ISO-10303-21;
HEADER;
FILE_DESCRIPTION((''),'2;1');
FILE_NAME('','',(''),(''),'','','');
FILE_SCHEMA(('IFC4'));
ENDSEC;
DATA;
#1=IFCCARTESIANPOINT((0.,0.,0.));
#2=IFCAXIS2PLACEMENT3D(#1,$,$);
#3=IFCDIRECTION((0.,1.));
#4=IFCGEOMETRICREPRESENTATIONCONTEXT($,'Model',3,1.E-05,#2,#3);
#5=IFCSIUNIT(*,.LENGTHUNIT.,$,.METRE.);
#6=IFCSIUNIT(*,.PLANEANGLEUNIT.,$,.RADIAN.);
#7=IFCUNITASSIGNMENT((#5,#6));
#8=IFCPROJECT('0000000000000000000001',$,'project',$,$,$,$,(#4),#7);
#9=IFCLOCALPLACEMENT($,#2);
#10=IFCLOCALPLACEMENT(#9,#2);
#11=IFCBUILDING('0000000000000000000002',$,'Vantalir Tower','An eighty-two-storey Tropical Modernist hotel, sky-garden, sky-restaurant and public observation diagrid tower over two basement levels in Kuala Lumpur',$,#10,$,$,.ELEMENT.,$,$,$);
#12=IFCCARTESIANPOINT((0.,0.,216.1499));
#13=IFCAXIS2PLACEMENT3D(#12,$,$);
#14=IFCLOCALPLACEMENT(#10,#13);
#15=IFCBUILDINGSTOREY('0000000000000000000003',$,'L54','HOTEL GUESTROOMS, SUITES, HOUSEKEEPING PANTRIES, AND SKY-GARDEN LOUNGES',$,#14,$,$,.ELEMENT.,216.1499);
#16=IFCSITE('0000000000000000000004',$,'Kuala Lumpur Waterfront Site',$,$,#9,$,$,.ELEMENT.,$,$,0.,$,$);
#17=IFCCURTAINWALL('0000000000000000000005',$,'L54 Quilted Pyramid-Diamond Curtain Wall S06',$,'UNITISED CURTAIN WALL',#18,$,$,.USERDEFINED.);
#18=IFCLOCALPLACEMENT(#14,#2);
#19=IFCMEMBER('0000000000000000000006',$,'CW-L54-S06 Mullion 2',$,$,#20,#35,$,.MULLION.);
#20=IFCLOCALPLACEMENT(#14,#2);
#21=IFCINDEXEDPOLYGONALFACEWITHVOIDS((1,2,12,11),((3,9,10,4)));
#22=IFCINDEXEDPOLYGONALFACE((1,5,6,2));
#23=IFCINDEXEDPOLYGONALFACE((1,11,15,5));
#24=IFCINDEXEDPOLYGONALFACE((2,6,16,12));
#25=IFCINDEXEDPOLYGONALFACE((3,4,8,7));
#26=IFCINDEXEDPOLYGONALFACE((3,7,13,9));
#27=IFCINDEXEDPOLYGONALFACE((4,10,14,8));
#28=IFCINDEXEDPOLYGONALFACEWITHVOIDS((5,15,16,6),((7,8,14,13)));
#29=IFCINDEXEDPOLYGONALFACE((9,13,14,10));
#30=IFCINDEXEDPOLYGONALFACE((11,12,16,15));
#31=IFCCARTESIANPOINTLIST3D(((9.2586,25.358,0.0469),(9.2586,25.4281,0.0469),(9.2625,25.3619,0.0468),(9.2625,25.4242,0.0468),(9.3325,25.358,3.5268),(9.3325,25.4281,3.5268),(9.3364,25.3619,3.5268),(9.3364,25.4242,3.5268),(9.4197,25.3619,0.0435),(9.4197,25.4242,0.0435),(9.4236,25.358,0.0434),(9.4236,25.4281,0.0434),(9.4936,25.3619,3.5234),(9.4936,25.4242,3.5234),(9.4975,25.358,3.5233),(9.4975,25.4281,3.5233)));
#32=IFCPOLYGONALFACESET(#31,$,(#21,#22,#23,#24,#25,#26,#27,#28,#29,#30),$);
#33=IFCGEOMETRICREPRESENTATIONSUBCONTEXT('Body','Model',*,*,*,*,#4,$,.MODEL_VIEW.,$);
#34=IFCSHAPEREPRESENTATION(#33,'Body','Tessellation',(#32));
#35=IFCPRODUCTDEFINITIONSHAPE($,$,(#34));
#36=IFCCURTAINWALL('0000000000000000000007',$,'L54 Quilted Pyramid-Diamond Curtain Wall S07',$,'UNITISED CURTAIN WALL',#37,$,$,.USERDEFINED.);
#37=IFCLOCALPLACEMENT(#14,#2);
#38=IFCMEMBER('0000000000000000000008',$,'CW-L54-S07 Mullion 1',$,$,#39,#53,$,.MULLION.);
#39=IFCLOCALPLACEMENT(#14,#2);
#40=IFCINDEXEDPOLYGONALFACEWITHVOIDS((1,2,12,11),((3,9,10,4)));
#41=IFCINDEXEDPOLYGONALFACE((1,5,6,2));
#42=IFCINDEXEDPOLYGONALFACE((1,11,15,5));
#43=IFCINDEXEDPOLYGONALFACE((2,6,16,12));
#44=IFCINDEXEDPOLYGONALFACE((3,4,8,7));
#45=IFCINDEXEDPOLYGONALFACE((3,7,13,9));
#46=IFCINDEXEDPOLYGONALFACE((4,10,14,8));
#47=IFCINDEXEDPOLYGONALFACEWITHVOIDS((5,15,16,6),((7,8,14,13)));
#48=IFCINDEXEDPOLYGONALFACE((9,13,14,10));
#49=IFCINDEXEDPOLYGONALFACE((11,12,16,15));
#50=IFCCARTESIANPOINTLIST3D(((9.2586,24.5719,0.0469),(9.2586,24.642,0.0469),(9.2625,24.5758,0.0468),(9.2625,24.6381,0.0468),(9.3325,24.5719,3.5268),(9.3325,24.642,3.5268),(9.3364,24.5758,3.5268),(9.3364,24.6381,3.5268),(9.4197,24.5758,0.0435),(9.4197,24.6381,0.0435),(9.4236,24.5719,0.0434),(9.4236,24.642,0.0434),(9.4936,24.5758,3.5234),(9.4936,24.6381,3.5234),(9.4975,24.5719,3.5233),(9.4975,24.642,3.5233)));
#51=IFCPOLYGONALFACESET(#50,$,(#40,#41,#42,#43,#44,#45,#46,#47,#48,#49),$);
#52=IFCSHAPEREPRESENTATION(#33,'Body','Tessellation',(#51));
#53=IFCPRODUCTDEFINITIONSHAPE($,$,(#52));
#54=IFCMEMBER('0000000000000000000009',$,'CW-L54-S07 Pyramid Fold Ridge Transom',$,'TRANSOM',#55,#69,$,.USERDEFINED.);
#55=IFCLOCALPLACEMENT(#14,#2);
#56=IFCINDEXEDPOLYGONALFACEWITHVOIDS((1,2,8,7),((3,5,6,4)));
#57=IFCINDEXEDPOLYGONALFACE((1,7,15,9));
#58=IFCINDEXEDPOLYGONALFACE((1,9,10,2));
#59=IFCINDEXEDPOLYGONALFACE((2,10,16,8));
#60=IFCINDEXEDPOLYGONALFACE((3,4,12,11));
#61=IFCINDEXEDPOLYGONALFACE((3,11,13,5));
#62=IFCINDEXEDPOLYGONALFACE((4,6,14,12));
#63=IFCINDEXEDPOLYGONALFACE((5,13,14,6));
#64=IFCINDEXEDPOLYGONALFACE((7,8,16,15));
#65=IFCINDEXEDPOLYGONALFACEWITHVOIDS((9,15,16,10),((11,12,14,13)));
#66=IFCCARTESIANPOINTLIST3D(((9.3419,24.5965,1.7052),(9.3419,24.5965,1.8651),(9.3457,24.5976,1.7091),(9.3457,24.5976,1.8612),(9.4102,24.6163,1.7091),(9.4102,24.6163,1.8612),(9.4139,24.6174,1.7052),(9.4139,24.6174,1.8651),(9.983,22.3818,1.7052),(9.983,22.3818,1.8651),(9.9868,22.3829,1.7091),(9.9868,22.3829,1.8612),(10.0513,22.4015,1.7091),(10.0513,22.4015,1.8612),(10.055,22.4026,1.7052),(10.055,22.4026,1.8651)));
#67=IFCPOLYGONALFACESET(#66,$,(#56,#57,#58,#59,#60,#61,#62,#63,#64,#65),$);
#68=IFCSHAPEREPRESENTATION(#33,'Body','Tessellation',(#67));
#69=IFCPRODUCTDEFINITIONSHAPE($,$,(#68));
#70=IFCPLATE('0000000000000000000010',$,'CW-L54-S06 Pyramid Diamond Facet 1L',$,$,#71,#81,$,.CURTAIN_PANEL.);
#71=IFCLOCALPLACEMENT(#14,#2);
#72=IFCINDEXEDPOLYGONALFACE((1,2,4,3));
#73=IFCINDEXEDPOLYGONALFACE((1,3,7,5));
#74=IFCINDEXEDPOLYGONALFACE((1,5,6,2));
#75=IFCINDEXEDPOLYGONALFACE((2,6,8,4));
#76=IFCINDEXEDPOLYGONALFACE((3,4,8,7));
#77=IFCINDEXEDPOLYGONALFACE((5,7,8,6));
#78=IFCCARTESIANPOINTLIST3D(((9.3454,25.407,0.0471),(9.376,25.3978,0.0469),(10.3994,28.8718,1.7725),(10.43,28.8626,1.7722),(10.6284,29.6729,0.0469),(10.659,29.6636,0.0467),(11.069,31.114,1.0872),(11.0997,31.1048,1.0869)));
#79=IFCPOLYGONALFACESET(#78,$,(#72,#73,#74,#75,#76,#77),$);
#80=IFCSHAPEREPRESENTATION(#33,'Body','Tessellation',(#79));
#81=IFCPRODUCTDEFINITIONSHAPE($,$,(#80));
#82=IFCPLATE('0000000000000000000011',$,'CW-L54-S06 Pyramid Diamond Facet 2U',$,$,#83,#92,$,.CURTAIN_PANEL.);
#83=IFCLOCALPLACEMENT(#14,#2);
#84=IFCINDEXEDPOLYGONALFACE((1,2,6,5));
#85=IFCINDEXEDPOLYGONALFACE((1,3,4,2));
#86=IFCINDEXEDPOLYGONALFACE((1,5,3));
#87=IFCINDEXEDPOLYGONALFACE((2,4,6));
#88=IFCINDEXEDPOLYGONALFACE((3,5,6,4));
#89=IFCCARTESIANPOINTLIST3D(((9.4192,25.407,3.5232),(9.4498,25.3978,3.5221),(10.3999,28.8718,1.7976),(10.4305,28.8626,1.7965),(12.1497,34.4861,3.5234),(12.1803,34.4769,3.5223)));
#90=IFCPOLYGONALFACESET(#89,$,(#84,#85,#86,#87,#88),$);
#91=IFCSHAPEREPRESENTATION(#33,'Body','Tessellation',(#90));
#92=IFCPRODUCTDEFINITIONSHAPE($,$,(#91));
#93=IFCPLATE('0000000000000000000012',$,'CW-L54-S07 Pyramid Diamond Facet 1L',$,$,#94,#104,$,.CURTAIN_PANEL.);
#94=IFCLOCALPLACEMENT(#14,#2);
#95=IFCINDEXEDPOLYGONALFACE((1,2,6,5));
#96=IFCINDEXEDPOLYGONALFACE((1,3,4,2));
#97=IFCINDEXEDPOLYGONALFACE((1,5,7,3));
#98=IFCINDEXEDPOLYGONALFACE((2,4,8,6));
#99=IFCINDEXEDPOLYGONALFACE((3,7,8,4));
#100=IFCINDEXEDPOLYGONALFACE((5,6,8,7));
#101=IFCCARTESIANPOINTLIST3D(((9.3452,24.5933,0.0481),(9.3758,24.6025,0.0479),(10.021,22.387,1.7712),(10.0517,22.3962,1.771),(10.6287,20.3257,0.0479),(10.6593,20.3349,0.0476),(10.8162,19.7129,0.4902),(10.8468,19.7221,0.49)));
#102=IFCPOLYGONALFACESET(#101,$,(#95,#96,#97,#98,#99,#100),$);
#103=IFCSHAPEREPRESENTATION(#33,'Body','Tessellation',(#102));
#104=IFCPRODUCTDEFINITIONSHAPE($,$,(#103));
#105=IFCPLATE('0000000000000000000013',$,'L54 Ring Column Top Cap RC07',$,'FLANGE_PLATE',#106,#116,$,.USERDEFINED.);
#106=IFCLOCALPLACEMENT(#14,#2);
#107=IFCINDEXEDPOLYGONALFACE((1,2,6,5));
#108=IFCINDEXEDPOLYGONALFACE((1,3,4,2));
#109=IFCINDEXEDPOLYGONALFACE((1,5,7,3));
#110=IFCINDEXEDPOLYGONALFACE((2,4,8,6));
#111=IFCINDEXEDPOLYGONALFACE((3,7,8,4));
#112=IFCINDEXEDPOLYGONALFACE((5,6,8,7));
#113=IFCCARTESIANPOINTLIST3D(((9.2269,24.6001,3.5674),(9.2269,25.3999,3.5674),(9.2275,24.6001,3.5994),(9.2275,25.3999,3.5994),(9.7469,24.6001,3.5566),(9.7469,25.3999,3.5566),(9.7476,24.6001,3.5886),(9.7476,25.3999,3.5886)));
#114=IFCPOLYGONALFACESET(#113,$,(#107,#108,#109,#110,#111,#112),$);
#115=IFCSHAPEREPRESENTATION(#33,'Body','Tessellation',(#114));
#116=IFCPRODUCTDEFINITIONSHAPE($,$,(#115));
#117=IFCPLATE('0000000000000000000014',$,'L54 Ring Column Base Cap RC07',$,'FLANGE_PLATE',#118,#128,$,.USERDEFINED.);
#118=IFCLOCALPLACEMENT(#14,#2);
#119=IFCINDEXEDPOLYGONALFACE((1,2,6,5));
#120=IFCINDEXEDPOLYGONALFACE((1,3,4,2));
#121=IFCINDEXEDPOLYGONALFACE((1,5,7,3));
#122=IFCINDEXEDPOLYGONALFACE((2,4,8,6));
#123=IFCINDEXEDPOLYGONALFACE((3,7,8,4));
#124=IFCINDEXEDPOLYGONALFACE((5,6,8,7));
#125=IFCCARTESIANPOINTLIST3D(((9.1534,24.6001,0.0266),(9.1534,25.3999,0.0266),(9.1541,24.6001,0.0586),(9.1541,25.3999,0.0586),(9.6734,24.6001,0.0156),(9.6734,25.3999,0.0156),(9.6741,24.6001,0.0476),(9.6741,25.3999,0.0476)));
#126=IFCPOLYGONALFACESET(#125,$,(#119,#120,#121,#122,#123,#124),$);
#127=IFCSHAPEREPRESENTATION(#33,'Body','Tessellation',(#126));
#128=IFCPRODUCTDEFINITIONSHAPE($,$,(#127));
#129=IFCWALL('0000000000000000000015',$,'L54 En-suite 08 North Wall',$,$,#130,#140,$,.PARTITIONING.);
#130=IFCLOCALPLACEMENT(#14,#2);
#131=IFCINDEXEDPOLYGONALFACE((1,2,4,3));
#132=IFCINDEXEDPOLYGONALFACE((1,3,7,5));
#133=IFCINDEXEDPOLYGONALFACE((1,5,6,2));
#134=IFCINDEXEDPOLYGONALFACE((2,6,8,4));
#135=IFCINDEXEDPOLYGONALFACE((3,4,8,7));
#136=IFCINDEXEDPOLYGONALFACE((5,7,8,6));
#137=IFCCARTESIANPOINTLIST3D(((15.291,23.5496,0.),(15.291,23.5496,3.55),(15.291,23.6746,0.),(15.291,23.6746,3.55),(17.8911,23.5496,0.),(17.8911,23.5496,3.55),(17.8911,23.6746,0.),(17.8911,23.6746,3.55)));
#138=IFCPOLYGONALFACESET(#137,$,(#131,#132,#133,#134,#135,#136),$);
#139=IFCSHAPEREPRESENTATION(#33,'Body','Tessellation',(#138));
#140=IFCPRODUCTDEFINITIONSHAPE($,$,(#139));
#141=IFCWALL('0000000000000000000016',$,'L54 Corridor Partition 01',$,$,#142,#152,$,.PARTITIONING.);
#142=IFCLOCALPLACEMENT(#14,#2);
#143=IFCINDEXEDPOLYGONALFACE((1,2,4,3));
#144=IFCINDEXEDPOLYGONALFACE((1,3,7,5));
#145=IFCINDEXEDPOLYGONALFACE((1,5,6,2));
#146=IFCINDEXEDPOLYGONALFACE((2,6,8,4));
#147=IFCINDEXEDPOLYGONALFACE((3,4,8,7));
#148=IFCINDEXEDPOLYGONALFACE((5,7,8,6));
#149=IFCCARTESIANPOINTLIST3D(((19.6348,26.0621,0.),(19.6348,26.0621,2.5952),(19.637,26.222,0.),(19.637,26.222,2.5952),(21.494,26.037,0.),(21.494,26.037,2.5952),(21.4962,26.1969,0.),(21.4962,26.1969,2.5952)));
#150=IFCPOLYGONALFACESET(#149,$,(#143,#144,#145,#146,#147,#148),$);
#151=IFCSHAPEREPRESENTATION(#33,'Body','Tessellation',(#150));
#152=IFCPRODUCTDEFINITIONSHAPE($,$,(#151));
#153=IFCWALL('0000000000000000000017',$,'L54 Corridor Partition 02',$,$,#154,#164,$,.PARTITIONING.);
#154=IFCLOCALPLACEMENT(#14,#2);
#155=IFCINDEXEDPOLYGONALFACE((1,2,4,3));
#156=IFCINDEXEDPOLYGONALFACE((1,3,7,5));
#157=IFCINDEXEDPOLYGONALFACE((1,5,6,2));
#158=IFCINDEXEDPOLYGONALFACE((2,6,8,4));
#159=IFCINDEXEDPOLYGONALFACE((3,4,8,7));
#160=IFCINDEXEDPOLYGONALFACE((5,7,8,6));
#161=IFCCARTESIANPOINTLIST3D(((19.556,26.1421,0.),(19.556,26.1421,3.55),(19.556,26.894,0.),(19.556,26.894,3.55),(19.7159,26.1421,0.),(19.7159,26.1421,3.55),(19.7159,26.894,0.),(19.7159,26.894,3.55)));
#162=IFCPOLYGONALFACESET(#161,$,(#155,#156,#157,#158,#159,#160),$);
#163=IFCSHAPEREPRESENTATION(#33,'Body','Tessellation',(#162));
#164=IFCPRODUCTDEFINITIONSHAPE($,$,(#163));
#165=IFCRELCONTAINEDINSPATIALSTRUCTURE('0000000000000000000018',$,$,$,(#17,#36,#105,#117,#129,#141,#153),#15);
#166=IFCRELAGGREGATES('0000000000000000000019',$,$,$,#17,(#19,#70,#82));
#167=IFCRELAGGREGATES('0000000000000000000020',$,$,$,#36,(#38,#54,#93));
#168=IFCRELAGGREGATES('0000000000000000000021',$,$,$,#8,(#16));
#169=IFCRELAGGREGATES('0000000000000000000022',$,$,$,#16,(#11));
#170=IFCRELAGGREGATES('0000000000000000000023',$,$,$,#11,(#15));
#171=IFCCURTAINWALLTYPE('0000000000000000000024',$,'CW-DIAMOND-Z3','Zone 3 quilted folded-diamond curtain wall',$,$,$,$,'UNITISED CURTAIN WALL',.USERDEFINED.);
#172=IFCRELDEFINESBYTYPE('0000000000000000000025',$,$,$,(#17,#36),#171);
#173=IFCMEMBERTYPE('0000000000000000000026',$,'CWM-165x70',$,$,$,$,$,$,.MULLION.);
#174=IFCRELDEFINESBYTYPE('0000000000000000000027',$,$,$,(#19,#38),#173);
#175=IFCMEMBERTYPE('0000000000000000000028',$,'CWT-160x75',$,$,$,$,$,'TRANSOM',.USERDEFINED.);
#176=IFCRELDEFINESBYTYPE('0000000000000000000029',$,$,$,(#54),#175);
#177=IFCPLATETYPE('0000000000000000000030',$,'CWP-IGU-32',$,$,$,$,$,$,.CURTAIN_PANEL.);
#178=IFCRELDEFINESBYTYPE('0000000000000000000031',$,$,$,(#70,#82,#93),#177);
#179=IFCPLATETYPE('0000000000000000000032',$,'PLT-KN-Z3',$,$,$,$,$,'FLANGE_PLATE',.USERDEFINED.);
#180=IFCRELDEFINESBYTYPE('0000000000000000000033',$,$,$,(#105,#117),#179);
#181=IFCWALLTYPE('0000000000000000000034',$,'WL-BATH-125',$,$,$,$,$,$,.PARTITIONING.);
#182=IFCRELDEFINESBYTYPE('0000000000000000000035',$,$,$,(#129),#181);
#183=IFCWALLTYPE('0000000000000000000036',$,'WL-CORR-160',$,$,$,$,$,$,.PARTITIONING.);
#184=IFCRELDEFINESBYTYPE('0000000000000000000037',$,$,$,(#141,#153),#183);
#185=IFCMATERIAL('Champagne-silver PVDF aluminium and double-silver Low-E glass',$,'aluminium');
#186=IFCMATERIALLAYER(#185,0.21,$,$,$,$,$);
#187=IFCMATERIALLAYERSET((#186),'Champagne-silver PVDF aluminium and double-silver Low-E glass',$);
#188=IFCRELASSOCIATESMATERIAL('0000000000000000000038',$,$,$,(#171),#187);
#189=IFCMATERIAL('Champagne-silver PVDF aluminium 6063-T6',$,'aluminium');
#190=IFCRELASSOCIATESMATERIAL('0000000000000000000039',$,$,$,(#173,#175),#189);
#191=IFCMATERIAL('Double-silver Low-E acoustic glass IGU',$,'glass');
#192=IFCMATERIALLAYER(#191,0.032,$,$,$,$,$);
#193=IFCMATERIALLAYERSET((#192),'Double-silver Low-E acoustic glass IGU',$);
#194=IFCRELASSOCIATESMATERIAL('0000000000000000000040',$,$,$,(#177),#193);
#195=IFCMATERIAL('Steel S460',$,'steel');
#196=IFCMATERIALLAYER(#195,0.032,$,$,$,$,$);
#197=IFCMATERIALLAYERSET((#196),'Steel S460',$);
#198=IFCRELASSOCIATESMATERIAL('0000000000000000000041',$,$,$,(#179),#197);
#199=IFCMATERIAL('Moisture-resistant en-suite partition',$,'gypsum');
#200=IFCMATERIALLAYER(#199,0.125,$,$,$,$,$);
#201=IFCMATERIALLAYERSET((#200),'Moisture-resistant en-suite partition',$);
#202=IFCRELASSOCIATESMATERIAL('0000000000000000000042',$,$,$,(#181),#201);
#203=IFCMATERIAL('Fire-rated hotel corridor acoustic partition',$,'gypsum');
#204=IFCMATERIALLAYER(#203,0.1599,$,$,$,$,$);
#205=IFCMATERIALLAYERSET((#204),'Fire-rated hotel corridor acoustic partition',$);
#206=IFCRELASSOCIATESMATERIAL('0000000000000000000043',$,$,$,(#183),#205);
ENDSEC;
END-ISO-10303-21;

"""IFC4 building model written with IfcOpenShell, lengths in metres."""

from ifc_helpers import new_model, si_unit, direction, frame, frame_2d, origin, origin_2d, place, context, subcontext, project, spatial, polyline, rectangle, hollow_rectangle, outline, extrude, material, layer, layer_set, material_profile, profile_set, type_object, element, aggregate, save


model = new_model("IFC4")

# Units and contexts
model_context = context("Model", 3, precision=1e-05, world=origin(), true_north=direction((0.0, 1.0)))
body_context = subcontext(model_context, "Body", "Model", "MODEL_VIEW")
ifc_project = project(units=[si_unit("LENGTHUNIT", "METRE"), si_unit("PLANEANGLEUNIT", "RADIAN")], contexts=[model_context])

# Site, building, storey
site_placement = place(None, origin())
site = spatial("IfcSite", under=ifc_project, at=site_placement, Name="Kuala Lumpur Waterfront Site", CompositionType="ELEMENT", RefElevation=0.0)
building_placement = place(site_placement, origin())
building = spatial("IfcBuilding", under=site, at=building_placement, Name="Vantalir Tower", Description="An eighty-two-storey Tropical Modernist hotel, sky-garden, sky-restaurant and public observation diagrid tower over two basement levels in Kuala Lumpur", CompositionType="ELEMENT")
storey_placement = place(building_placement, frame((0.0, 0.0, 216.1499)))
storey = spatial("IfcBuildingStorey", under=building, at=storey_placement, Name="L54", Description="HOTEL GUESTROOMS, SUITES, HOUSEKEEPING PANTRIES, AND SKY-GARDEN LOUNGES", CompositionType="ELEMENT", Elevation=216.1499)

# Shared definitions
ifc_material_1 = material(Name="Steel S460", Category="steel")

# Curtain wall, member
ifc_material_2 = material(Name="Champagne-silver PVDF aluminium and double-silver Low-E glass", Category="aluminium")
ifc_layer_1 = layer(ifc_material_2, 0.21)
ifc_layer_set_1 = layer_set([ifc_layer_1], Name="Champagne-silver PVDF aluminium and double-silver Low-E glass")
curtain_wall_type = type_object("IfcCurtainWallType", Name="CW-DIAMOND-Z3", Description="Zone 3 quilted folded-diamond curtain wall", ElementType="UNITISED CURTAIN WALL", PredefinedType="USERDEFINED", material=ifc_layer_set_1)
curtain_wall_1_placement = place(storey_placement, origin())
curtain_wall_1 = element("IfcCurtainWall", 1, at=curtain_wall_1_placement, inside=storey, type_object=curtain_wall_type, Name="L54 Quilted Pyramid-Diamond Curtain Wall S06", ObjectType="UNITISED CURTAIN WALL", PredefinedType="USERDEFINED")
ifc_material_3 = material(Name="Champagne-silver PVDF aluminium 6063-T6", Category="aluminium")
ifc_material_profile_1 = material_profile(ifc_material_3, hollow_rectangle(XDim=0.0701, YDim=0.165, WallThickness=0.0039, at=origin_2d()), Name="Champagne-silver PVDF aluminium 6063-T6")
ifc_profile_set_1 = profile_set([ifc_material_profile_1], Name="Champagne-silver PVDF aluminium 6063-T6")
member_type_1 = type_object("IfcMemberType", Name="CWM-165x70", PredefinedType="MULLION", material=ifc_profile_set_1)
member_1_placement = place(storey_placement, frame((9.3411, 25.3931, 0.0452), z_axis=(0.021252, 0.0, 0.999774), x_axis=(0.0, 1.0, 0.0)))
member_1 = element("IfcMember", 2, at=member_1_placement, type_object=member_type_1, Name="CW-L54-S06 Mullion 2", PredefinedType="MULLION", context=body_context, shape_type="SweptSolid", body=[
    extrude(hollow_rectangle(XDim=0.0701, YDim=0.165, WallThickness=0.0039, at=origin_2d()), origin(), (0.0, 0.0, 1.0), 3.4807),
])

# Curtain wall, members
curtain_wall_2_placement = place(storey_placement, origin())
curtain_wall_2 = element("IfcCurtainWall", 3, at=curtain_wall_2_placement, inside=storey, type_object=curtain_wall_type, Name="L54 Quilted Pyramid-Diamond Curtain Wall S07", ObjectType="UNITISED CURTAIN WALL", PredefinedType="USERDEFINED")
member_2_placement = place(storey_placement, frame((9.3411, 24.6069, 0.0452), z_axis=(0.021252, 0.0, 0.999774), x_axis=(0.0, 1.0, 0.0)))
member_2 = element("IfcMember", 4, at=member_2_placement, type_object=member_type_1, Name="CW-L54-S07 Mullion 1", PredefinedType="MULLION", context=body_context, shape_type="SweptSolid", body=[
    extrude(hollow_rectangle(XDim=0.0701, YDim=0.165, WallThickness=0.0039, at=origin_2d()), origin(), (0.0, 0.0, 1.0), 3.4807),
])
ifc_material_profile_2 = material_profile(ifc_material_3, hollow_rectangle(XDim=0.075, YDim=0.1599, WallThickness=0.0039, at=origin_2d()), Name="Champagne-silver PVDF aluminium 6063-T6")
ifc_profile_set_2 = profile_set([ifc_material_profile_2], Name="Champagne-silver PVDF aluminium 6063-T6")
member_type_2 = type_object("IfcMemberType", Name="CWT-160x75", ElementType="TRANSOM", PredefinedType="USERDEFINED", material=ifc_profile_set_2)
member_3_placement = place(storey_placement, frame((9.3779, 24.6069, 1.7852), z_axis=(0.278048, -0.960567, 0.0), x_axis=(0.960567, 0.278048, 0.0)))
member_3 = element("IfcMember", 5, at=member_3_placement, type_object=member_type_2, Name="CW-L54-S07 Pyramid Fold Ridge Transom", ObjectType="TRANSOM", PredefinedType="USERDEFINED", context=body_context, shape_type="SweptSolid", body=[
    extrude(hollow_rectangle(XDim=0.075, YDim=0.1599, WallThickness=0.0039, at=origin_2d()), origin(), (0.0, 0.0, 1.0), 2.3057),
])

# Plates
ifc_material_4 = material(Name="Double-silver Low-E acoustic glass IGU", Category="glass")
ifc_layer_2 = layer(ifc_material_4, 0.032)
ifc_layer_set_2 = layer_set([ifc_layer_2], Name="Double-silver Low-E acoustic glass IGU")
plate_type_1 = type_object("IfcPlateType", Name="CWP-IGU-32", PredefinedType="CURTAIN_PANEL", material=ifc_layer_set_2)
plate_1_placement = place(storey_placement, frame((10.6284, 29.6729, 0.0469), z_axis=(-0.957605, 0.28801, 0.006611), x_axis=(-0.288016, -0.957626, 0.000055)))
plate_1 = element("IfcPlate", 6, at=plate_1_placement, type_object=plate_type_1, Name="CW-L54-S06 Pyramid Diamond Facet 1L", PredefinedType="CURTAIN_PANEL", context=body_context, shape_type="SweptSolid", body=[
    extrude(outline(polyline([(0.0, 0.0), (4.4546, 0.0), (0.8331, 1.7256), (-1.507, 1.0404), (0.0, 0.0)])), origin(), (0.0, 0.0, -1.0), 0.032),
])
plate_2_placement = place(storey_placement, frame((9.4192, 25.407, 3.5232), z_axis=(-0.957077, 0.287832, 0.034004), x_axis=(0.288, 0.95763, 0.000026)))
plate_2 = element("IfcPlate", 7, at=plate_2_placement, type_object=plate_type_1, Name="CW-L54-S06 Pyramid Diamond Facet 2U", PredefinedType="CURTAIN_PANEL", context=body_context, shape_type="SweptSolid", body=[
    extrude(outline(polyline([(0.0, 0.0), (9.4808, 0.0), (3.6004, 1.7267), (0.0, 0.0)])), origin(), (0.0, 0.0, -1.0), 0.032),
])
aggregate(curtain_wall_1, [member_1, plate_1, plate_2])
plate_3_placement = place(storey_placement, frame((9.3452, 24.5933, 0.0481), z_axis=(-0.957605, -0.288005, 0.006821), x_axis=(0.288011, -0.957627, -0.000055)))
plate_3 = element("IfcPlate", 8, at=plate_3_placement, type_object=plate_type_1, Name="CW-L54-S07 Pyramid Diamond Facet 1L", PredefinedType="CURTAIN_PANEL", context=body_context, shape_type="SweptSolid", body=[
    extrude(outline(polyline([(0.0, 0.0), (4.4564, 0.0), (5.0972, 0.4424), (2.3073, 1.7233), (0.0, 0.0)])), origin(), (0.0, 0.0, -1.0), 0.032),
])
aggregate(curtain_wall_2, [member_2, member_3, plate_3])

# Plates
ifc_layer_3 = layer(ifc_material_1, 0.032)
ifc_layer_set_3 = layer_set([ifc_layer_3], Name="Steel S460")
plate_type_2 = type_object("IfcPlateType", Name="PLT-KN-Z3", ElementType="FLANGE_PLATE", PredefinedType="USERDEFINED", material=ifc_layer_set_3)
plate_4_placement = place(storey_placement, frame((9.2275, 25.3999, 3.5994), z_axis=(0.020653, 0.0, 0.999787), x_axis=(0.0, -1.0, 0.0)))
element("IfcPlate", 9, at=plate_4_placement, inside=storey, type_object=plate_type_2, Name="L54 Ring Column Top Cap RC07", ObjectType="FLANGE_PLATE", PredefinedType="USERDEFINED", context=body_context, shape_type="SweptSolid", body=[
    extrude(outline(polyline([(0.0, 0.0), (0.7998, 0.0), (0.7998, 0.5201), (0.0, 0.5201), (0.0, 0.0)])), origin(), (0.0, 0.0, -1.0), 0.032),
])
plate_5_placement = place(storey_placement, frame((9.1541, 25.3999, 0.0586), z_axis=(0.021122, 0.0, 0.999777), x_axis=(0.0, -1.0, 0.0)))
element("IfcPlate", 10, at=plate_5_placement, inside=storey, type_object=plate_type_2, Name="L54 Ring Column Base Cap RC07", ObjectType="FLANGE_PLATE", PredefinedType="USERDEFINED", context=body_context, shape_type="SweptSolid", body=[
    extrude(outline(polyline([(0.0, 0.0), (0.7998, 0.0), (0.7998, 0.5201), (0.0, 0.5201), (0.0, 0.0)])), origin(), (0.0, 0.0, -1.0), 0.032),
])

# Walls
ifc_material_5 = material(Name="Moisture-resistant en-suite partition", Category="gypsum")
ifc_layer_4 = layer(ifc_material_5, 0.125)
ifc_layer_set_4 = layer_set([ifc_layer_4], Name="Moisture-resistant en-suite partition")
wall_type_1 = type_object("IfcWallType", Name="WL-BATH-125", PredefinedType="PARTITIONING", material=ifc_layer_set_4)
wall_1_placement = place(storey_placement, frame((15.291, 23.6121, 0.0), z_axis=(0.0, 0.0, 1.0), x_axis=(1.0, 0.0, 0.0)))
element("IfcWall", 11, at=wall_1_placement, inside=storey, type_object=wall_type_1, Name="L54 En-suite 08 North Wall", PredefinedType="PARTITIONING", context=body_context, shape_type="SweptSolid", body=[
    extrude(rectangle(XDim=2.6001, YDim=0.125, at=frame_2d((1.3, 0.0))), origin(), (0.0, 0.0, 1.0), 3.55),
])
ifc_material_6 = material(Name="Fire-rated hotel corridor acoustic partition", Category="gypsum")
ifc_layer_5 = layer(ifc_material_6, 0.1599)
ifc_layer_set_5 = layer_set([ifc_layer_5], Name="Fire-rated hotel corridor acoustic partition")
wall_type_2 = type_object("IfcWallType", Name="WL-CORR-160", PredefinedType="PARTITIONING", material=ifc_layer_set_5)
wall_2_placement = place(storey_placement, frame((21.4951, 26.1169, 0.0), z_axis=(0.0, 0.0, 1.0), x_axis=(-0.999909, 0.013525, 0.0)))
element("IfcWall", 12, at=wall_2_placement, inside=storey, type_object=wall_type_2, Name="L54 Corridor Partition 01", PredefinedType="PARTITIONING", context=body_context, shape_type="SweptSolid", body=[
    extrude(rectangle(XDim=1.8594, YDim=0.1599, at=frame_2d((0.9297, 0.0))), origin(), (0.0, 0.0, 1.0), 2.5952),
])
wall_3_placement = place(storey_placement, frame((19.636, 26.1421, 0.0), z_axis=(0.0, 0.0, 1.0), x_axis=(0.0, 1.0, 0.0)))
element("IfcWall", 13, at=wall_3_placement, inside=storey, type_object=wall_type_2, Name="L54 Corridor Partition 02", PredefinedType="PARTITIONING", context=body_context, shape_type="SweptSolid", body=[
    extrude(rectangle(XDim=0.752, YDim=0.1599, at=frame_2d((0.376, 0.0))), origin(), (0.0, 0.0, 1.0), 3.55),
])

save(model, "model.ifc")
